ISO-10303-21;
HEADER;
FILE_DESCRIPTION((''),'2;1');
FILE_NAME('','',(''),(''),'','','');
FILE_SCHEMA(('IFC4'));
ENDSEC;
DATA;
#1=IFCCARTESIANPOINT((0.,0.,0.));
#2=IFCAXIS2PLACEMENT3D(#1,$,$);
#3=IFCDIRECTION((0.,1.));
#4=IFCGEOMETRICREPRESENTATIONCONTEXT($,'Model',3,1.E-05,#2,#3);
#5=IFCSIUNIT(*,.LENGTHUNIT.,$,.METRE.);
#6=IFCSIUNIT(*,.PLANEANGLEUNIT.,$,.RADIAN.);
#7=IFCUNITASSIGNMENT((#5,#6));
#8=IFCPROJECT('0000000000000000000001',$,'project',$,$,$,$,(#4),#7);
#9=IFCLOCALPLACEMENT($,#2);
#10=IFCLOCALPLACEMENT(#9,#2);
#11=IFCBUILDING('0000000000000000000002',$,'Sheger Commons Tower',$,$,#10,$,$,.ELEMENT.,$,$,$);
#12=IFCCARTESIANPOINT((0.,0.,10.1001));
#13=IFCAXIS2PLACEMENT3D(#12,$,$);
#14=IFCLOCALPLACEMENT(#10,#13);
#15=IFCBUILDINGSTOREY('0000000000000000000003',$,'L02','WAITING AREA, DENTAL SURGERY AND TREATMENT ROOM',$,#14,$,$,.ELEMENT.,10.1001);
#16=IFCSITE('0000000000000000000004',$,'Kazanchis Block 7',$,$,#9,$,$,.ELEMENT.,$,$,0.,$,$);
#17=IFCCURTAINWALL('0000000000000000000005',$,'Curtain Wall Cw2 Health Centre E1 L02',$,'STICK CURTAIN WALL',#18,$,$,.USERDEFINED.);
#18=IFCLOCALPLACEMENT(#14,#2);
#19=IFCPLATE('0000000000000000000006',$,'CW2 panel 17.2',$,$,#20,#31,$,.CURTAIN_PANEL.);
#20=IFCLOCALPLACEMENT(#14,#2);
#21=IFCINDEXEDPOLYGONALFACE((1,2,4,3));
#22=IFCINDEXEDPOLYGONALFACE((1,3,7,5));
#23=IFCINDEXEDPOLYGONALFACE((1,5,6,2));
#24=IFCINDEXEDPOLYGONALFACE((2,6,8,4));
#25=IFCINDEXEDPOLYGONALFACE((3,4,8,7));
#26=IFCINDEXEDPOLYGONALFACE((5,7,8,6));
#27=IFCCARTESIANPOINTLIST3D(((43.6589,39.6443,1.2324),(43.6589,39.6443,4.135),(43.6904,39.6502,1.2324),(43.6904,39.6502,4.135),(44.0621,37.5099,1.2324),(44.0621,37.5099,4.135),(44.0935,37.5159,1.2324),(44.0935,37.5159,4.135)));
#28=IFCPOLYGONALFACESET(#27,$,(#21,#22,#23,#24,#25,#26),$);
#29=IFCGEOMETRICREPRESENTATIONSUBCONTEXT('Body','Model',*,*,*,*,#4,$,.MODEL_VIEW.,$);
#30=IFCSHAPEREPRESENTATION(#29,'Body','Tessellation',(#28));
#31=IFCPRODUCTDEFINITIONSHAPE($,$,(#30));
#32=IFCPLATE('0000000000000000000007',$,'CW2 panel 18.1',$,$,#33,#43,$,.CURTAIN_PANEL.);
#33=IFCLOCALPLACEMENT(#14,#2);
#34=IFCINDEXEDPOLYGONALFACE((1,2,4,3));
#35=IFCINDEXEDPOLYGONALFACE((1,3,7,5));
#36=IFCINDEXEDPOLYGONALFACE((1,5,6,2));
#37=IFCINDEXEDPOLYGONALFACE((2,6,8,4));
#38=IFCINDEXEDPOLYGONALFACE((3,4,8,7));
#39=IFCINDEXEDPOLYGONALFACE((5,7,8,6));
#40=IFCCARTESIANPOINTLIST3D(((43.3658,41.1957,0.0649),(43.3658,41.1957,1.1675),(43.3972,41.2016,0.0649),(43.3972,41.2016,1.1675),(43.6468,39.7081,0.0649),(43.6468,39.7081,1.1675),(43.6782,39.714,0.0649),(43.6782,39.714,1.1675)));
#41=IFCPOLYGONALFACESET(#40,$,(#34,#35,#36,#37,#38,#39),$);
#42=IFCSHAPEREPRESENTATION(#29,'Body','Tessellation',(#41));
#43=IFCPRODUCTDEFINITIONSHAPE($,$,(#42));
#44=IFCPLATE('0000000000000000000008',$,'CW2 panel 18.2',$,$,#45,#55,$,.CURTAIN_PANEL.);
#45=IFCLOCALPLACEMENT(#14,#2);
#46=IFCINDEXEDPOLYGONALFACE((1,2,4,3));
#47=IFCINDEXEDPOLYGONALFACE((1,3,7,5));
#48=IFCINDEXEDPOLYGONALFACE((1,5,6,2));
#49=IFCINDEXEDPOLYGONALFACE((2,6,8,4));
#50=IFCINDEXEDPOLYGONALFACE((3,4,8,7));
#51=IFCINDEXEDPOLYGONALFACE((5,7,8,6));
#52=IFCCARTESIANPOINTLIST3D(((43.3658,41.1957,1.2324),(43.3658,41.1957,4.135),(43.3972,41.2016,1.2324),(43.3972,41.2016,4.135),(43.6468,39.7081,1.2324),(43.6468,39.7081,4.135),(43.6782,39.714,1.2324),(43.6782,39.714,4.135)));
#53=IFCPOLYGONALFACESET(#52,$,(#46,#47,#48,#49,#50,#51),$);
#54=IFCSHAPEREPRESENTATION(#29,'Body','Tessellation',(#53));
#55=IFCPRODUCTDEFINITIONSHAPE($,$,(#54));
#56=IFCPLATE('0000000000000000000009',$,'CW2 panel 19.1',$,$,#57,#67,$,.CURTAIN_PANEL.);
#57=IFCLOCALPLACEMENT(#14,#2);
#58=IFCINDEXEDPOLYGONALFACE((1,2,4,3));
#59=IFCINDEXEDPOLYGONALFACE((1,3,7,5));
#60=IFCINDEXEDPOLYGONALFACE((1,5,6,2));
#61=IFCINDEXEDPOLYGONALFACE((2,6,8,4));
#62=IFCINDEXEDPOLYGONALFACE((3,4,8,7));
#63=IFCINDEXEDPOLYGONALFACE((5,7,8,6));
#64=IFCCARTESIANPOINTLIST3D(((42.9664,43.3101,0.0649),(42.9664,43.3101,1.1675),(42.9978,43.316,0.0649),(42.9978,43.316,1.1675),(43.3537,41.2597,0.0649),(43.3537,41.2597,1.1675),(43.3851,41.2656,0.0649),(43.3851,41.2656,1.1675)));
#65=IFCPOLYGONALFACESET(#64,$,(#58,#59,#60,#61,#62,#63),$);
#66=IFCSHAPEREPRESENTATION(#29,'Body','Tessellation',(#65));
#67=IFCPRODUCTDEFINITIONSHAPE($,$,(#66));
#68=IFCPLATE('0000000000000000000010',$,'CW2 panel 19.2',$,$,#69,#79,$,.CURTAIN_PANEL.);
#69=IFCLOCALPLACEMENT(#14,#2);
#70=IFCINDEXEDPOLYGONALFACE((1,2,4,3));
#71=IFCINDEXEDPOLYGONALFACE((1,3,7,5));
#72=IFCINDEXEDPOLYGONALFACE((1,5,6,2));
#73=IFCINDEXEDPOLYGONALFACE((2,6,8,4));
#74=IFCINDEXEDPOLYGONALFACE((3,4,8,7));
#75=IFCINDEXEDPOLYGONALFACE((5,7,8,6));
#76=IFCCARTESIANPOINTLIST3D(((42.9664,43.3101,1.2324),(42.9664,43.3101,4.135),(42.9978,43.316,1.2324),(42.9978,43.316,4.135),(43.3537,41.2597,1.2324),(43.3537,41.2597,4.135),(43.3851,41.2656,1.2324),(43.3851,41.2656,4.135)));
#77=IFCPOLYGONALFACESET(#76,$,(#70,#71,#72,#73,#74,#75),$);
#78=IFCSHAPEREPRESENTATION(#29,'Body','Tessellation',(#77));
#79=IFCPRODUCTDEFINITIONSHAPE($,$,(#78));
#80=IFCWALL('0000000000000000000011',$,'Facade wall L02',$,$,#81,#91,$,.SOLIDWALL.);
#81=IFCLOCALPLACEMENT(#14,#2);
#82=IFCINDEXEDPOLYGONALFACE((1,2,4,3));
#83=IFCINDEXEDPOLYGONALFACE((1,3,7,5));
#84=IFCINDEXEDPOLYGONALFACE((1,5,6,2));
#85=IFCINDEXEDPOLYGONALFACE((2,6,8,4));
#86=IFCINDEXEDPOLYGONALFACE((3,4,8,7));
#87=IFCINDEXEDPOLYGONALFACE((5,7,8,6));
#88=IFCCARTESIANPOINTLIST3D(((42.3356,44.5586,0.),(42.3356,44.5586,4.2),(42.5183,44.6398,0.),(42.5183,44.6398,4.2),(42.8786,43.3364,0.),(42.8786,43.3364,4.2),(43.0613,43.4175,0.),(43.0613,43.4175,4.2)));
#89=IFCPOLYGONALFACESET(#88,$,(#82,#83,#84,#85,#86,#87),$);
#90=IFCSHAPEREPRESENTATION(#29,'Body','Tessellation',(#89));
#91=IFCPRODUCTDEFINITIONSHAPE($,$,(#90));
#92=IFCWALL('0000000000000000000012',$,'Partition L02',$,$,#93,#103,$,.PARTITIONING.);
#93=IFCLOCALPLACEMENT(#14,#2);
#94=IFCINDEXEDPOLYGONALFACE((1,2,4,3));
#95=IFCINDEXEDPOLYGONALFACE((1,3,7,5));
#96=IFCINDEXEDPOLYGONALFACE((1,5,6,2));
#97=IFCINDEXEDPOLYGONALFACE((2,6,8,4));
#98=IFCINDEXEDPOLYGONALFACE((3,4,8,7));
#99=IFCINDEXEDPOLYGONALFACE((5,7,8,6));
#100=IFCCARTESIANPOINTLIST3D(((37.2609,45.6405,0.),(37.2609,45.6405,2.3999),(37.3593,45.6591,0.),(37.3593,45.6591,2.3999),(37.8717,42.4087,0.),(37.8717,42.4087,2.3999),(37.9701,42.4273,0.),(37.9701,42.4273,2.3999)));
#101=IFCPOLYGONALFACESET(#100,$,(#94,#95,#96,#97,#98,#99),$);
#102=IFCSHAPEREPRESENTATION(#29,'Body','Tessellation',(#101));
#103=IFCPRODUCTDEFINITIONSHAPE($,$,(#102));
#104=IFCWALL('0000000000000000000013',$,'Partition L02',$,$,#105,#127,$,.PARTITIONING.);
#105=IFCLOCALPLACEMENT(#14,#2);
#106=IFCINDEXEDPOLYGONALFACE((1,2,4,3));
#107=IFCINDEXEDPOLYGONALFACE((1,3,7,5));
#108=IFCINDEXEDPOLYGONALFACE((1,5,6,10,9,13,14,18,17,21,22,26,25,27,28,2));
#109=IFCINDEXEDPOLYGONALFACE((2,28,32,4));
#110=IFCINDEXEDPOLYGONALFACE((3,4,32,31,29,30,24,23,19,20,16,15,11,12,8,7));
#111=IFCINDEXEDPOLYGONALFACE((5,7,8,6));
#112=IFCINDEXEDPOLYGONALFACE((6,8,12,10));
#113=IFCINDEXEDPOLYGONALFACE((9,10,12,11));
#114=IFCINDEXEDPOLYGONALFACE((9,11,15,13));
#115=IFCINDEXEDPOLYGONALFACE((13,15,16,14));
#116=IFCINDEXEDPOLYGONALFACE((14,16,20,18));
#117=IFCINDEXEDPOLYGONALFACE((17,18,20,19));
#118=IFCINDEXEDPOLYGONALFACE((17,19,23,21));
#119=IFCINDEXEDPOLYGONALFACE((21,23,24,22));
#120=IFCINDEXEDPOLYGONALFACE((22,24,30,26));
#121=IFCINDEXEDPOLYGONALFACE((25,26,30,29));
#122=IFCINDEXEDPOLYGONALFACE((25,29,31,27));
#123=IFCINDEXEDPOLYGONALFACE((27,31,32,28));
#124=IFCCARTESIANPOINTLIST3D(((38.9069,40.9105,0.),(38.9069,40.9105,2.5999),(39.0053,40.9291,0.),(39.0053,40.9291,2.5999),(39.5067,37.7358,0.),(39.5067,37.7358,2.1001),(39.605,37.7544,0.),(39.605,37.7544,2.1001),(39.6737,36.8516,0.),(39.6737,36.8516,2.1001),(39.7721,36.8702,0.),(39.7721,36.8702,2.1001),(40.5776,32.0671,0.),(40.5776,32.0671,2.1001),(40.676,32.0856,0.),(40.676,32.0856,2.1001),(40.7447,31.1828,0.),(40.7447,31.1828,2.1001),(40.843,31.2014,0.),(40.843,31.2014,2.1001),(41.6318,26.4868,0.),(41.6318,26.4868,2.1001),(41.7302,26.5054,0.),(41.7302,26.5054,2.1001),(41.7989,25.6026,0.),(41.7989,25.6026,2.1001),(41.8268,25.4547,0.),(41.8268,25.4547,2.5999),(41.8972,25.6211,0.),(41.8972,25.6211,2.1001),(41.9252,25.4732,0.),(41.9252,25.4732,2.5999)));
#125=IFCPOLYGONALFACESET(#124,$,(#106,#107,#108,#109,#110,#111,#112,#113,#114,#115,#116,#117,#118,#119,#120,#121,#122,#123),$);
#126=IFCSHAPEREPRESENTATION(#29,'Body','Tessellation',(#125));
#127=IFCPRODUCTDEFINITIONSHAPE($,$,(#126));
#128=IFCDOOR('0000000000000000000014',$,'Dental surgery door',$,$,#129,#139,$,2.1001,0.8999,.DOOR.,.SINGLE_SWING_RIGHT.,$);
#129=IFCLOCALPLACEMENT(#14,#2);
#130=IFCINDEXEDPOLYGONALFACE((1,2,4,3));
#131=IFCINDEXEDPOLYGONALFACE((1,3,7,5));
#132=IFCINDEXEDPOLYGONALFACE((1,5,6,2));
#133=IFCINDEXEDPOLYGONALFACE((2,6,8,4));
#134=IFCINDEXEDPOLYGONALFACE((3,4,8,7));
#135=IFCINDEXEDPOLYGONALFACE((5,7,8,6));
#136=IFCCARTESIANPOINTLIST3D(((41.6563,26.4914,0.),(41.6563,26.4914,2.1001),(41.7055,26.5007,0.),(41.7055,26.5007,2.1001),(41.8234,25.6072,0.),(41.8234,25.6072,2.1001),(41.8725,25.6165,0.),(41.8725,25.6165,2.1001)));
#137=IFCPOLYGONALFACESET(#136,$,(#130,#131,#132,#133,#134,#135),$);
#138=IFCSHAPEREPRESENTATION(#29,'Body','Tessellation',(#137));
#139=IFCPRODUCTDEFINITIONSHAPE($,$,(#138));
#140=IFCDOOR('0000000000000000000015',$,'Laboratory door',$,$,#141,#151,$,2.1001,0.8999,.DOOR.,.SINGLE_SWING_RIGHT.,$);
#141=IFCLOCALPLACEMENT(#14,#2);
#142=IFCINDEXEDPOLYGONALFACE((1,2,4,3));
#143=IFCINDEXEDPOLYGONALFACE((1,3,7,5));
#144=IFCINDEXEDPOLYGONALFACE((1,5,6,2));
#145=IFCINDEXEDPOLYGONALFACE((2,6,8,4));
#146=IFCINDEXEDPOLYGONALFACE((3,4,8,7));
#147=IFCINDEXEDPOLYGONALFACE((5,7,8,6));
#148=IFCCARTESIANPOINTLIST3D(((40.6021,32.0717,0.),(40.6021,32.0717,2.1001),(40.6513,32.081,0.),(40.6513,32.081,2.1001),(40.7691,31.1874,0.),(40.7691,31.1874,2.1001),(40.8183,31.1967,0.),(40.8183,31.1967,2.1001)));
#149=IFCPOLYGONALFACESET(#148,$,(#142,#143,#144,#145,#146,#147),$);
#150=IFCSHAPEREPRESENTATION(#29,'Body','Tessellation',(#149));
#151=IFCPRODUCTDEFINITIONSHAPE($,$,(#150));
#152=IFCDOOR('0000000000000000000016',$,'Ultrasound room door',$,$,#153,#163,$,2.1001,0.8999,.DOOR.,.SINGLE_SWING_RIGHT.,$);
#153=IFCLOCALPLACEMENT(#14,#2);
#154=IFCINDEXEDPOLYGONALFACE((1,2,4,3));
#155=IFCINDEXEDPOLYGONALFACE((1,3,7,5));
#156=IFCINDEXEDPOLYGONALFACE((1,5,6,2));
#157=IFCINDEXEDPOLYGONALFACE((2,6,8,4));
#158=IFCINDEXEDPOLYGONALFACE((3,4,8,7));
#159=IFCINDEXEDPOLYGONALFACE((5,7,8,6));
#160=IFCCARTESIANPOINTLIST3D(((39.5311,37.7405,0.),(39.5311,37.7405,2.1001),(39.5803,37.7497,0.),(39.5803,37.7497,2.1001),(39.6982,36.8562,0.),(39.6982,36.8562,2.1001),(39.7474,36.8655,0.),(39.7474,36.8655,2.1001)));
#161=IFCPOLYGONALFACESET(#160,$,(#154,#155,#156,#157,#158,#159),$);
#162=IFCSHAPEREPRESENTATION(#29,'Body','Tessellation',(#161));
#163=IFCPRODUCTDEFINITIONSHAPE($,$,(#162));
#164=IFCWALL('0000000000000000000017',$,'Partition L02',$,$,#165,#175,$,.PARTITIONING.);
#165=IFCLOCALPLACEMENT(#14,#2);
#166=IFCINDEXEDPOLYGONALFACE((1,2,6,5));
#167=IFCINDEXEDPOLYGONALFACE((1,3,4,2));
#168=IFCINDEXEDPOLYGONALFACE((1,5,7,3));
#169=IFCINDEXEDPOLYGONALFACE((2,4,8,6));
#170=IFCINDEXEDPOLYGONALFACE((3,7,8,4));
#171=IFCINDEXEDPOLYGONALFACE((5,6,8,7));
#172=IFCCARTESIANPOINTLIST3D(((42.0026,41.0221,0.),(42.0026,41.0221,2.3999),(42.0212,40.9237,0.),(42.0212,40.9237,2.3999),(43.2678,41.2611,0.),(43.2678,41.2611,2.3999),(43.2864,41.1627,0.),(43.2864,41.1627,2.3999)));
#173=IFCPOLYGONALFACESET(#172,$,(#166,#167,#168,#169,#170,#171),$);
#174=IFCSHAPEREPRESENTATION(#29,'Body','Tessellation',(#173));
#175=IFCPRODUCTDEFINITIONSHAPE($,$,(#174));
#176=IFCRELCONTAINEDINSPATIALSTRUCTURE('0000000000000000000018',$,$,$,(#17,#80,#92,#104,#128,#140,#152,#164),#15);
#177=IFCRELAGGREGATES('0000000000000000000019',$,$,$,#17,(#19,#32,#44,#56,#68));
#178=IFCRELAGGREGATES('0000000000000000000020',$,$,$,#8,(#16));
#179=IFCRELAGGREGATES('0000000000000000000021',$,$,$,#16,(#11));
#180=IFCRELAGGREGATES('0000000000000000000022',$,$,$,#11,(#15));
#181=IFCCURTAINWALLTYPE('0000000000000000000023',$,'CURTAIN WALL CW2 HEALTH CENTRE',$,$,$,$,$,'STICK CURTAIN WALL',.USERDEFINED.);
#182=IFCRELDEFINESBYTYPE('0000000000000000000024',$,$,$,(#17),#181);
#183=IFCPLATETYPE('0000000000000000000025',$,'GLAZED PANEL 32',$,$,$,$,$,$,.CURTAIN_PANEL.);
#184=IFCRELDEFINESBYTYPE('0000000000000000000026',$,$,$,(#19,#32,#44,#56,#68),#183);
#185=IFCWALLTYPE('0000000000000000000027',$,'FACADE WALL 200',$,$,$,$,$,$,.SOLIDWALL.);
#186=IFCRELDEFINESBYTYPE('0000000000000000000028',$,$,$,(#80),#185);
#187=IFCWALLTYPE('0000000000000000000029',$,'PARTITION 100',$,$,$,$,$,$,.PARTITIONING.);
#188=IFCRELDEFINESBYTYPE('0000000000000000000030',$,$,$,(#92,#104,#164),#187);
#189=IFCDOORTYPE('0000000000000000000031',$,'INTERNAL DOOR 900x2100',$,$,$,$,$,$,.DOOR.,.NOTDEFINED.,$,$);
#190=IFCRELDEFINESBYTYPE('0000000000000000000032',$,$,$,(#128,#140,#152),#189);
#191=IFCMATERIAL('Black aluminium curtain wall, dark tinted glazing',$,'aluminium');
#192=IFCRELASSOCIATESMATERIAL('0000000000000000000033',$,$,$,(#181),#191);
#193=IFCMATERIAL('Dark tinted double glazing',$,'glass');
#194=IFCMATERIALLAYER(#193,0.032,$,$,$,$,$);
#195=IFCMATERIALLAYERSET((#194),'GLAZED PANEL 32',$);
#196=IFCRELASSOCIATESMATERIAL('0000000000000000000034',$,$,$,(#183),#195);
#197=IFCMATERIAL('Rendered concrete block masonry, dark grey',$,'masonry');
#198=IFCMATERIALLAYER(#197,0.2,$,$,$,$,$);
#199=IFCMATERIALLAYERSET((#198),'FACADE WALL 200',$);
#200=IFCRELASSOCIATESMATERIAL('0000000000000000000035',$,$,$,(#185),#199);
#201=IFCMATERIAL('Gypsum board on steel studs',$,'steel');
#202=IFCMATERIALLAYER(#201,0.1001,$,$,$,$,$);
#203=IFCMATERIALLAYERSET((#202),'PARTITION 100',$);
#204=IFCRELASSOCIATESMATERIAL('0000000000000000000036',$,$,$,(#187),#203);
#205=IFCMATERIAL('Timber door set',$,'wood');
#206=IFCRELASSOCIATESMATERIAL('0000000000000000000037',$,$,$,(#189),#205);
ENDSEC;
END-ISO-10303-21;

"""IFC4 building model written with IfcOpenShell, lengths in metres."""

from ifc_helpers import new_model, si_unit, direction, frame, frame_2d, origin, origin_2d, place, context, subcontext, project, spatial, rectangle, extrude, material, layer, layer_set, type_object, element, fill, aggregate, save


model = new_model("IFC4")

# Units and contexts
model_context = context("Model", 3, precision=1e-05, world=origin(), true_north=direction((0.0, 1.0)))
body_context = subcontext(model_context, "Body", "Model", "MODEL_VIEW")
ifc_project = project(units=[si_unit("LENGTHUNIT", "METRE"), si_unit("PLANEANGLEUNIT", "RADIAN")], contexts=[model_context])

# Site, building, storey
site_placement = place(None, origin())
site = spatial("IfcSite", under=ifc_project, at=site_placement, Name="Kazanchis Block 7", CompositionType="ELEMENT", RefElevation=0.0)
building_placement = place(site_placement, origin())
building = spatial("IfcBuilding", under=site, at=building_placement, Name="Sheger Commons Tower", CompositionType="ELEMENT")
storey_placement = place(building_placement, frame((0.0, 0.0, 10.1001)))
storey = spatial("IfcBuildingStorey", under=building, at=storey_placement, Name="L02", Description="WAITING AREA, DENTAL SURGERY AND TREATMENT ROOM", CompositionType="ELEMENT", Elevation=10.1001)

# Curtain wall
ifc_material_1 = material(Name="Black aluminium curtain wall, dark tinted glazing", Category="aluminium")
curtain_wall_type = type_object("IfcCurtainWallType", Name="CURTAIN WALL CW2 HEALTH CENTRE", ElementType="STICK CURTAIN WALL", PredefinedType="USERDEFINED", material=ifc_material_1)
curtain_wall_placement = place(storey_placement, origin())
curtain_wall = element("IfcCurtainWall", 1, at=curtain_wall_placement, inside=storey, type_object=curtain_wall_type, Name="Curtain Wall Cw2 Health Centre E1 L02", ObjectType="STICK CURTAIN WALL", PredefinedType="USERDEFINED")

# Plates
ifc_material_2 = material(Name="Dark tinted double glazing", Category="glass")
ifc_layer_1 = layer(ifc_material_2, 0.032)
ifc_layer_set_1 = layer_set([ifc_layer_1], Name="GLAZED PANEL 32")
plate_type = type_object("IfcPlateType", Name="GLAZED PANEL 32", PredefinedType="CURTAIN_PANEL", material=ifc_layer_set_1)
plate_1_placement = place(storey_placement, frame((43.8762, 38.5801, 1.2324), z_axis=(0.0, 0.0, 1.0), x_axis=(-0.18561, 0.982624, 0.0)))
plate_1 = element("IfcPlate", 2, at=plate_1_placement, type_object=plate_type, Name="CW2 panel 17.2", PredefinedType="CURTAIN_PANEL", context=body_context, shape_type="SweptSolid", body=[
    extrude(rectangle(XDim=2.1721, YDim=0.032, at=origin_2d()), origin(), (0.0, 0.0, 1.0), 2.9026),
])
plate_2_placement = place(storey_placement, frame((43.522, 40.4548, 0.0649), z_axis=(0.0, 0.0, 1.0), x_axis=(-0.18561, 0.982624, 0.0)))
plate_2 = element("IfcPlate", 3, at=plate_2_placement, type_object=plate_type, Name="CW2 panel 18.1", PredefinedType="CURTAIN_PANEL", context=body_context, shape_type="SweptSolid", body=[
    extrude(rectangle(XDim=1.5139, YDim=0.032, at=origin_2d()), origin(), (0.0, 0.0, 1.0), 1.1025),
])
plate_3_placement = place(storey_placement, frame((43.522, 40.4548, 1.2324), z_axis=(0.0, 0.0, 1.0), x_axis=(-0.18561, 0.982624, 0.0)))
plate_3 = element("IfcPlate", 4, at=plate_3_placement, type_object=plate_type, Name="CW2 panel 18.2", PredefinedType="CURTAIN_PANEL", context=body_context, shape_type="SweptSolid", body=[
    extrude(rectangle(XDim=1.5139, YDim=0.032, at=origin_2d()), origin(), (0.0, 0.0, 1.0), 2.9026),
])
plate_4_placement = place(storey_placement, frame((43.1758, 42.2878, 0.0649), z_axis=(0.0, 0.0, 1.0), x_axis=(-0.18561, 0.982624, 0.0)))
plate_4 = element("IfcPlate", 5, at=plate_4_placement, type_object=plate_type, Name="CW2 panel 19.1", PredefinedType="CURTAIN_PANEL", context=body_context, shape_type="SweptSolid", body=[
    extrude(rectangle(XDim=2.0867, YDim=0.032, at=origin_2d()), origin(), (0.0, 0.0, 1.0), 1.1025),
])
plate_5_placement = place(storey_placement, frame((43.1758, 42.2878, 1.2324), z_axis=(0.0, 0.0, 1.0), x_axis=(-0.18561, 0.982624, 0.0)))
plate_5 = element("IfcPlate", 6, at=plate_5_placement, type_object=plate_type, Name="CW2 panel 19.2", PredefinedType="CURTAIN_PANEL", context=body_context, shape_type="SweptSolid", body=[
    extrude(rectangle(XDim=2.0867, YDim=0.032, at=origin_2d()), origin(), (0.0, 0.0, 1.0), 2.9026),
])
aggregate(curtain_wall, [plate_1, plate_2, plate_3, plate_4, plate_5])

# Walls
ifc_material_3 = material(Name="Rendered concrete block masonry, dark grey", Category="masonry")
ifc_layer_2 = layer(ifc_material_3, 0.2)
ifc_layer_set_2 = layer_set([ifc_layer_2], Name="FACADE WALL 200")
wall_type_1 = type_object("IfcWallType", Name="FACADE WALL 200", PredefinedType="SOLIDWALL", material=ifc_layer_set_2)
wall_1_placement = place(storey_placement, frame((42.97, 43.377, 0.0), z_axis=(0.0, 0.0, 1.0), x_axis=(-0.406003, 0.913872, 0.0)))
element("IfcWall", 7, at=wall_1_placement, inside=storey, type_object=wall_type_1, Name="Facade wall L02", PredefinedType="SOLIDWALL", context=body_context, shape_type="SweptSolid", body=[
    extrude(rectangle(XDim=1.3374, YDim=0.2, at=frame_2d((0.6687, 0.0))), origin(), (0.0, 0.0, 1.0), 4.2),
])
ifc_material_4 = material(Name="Gypsum board on steel studs", Category="steel")
ifc_layer_3 = layer(ifc_material_4, 0.1001)
ifc_layer_set_3 = layer_set([ifc_layer_3], Name="PARTITION 100")
wall_type_2 = type_object("IfcWallType", Name="PARTITION 100", PredefinedType="PARTITIONING", material=ifc_layer_set_3)
wall_2_placement = place(storey_placement, frame((37.9209, 42.418, 0.0), z_axis=(0.0, 0.0, 1.0), x_axis=(-0.185713, 0.982604, 0.0)))
element("IfcWall", 8, at=wall_2_placement, inside=storey, type_object=wall_type_2, Name="Partition L02", PredefinedType="PARTITIONING", context=body_context, shape_type="SweptSolid", body=[
    extrude(rectangle(XDim=3.2891, YDim=0.1001, at=frame_2d((1.6445, 0.0))), origin(), (0.0, 0.0, 1.0), 2.3999),
])

# Wall, openings, doors
wall_3_placement = place(storey_placement, frame((38.9561, 40.9199, 0.0), z_axis=(0.0, 0.0, 1.0), x_axis=(0.185637, -0.982618, 0.0)))
wall_3 = element("IfcWall", 9, at=wall_3_placement, inside=storey, type_object=wall_type_2, Name="Partition L02", PredefinedType="PARTITIONING", context=body_context, shape_type="SweptSolid", body=[
    extrude(rectangle(XDim=15.7292, YDim=0.1001, at=frame_2d((7.8647, 0.0))), origin(), (0.0, 0.0, 1.0), 2.5999),
])
opening_1_placement = place(wall_3_placement, frame((14.679, 0.0, 0.0)))
opening_1 = element("IfcOpeningElement", 10, at=opening_1_placement, cuts=wall_3, PredefinedType="OPENING", context=body_context, shape_type="SweptSolid", body=[
    extrude(rectangle(XDim=0.8999, YDim=2.1001, at=frame_2d((0.45, 1.05))), frame((0.0, 0.0601, 0.0), z_axis=(0.0, -1.0, 0.0), x_axis=(1.0, 0.0, 0.0)), (0.0, 0.0, 1.0), 0.1201),
])
opening_2_placement = place(wall_3_placement, frame((9.0, 0.0, 0.0)))
opening_2 = element("IfcOpeningElement", 11, at=opening_2_placement, cuts=wall_3, PredefinedType="OPENING", context=body_context, shape_type="SweptSolid", body=[
    extrude(rectangle(XDim=0.8999, YDim=2.1001, at=frame_2d((0.45, 1.05))), frame((0.0, 0.0601, 0.0), z_axis=(0.0, -1.0, 0.0), x_axis=(1.0, 0.0, 0.0)), (0.0, 0.0, 1.0), 0.1201),
])
opening_3_placement = place(wall_3_placement, frame((3.231, 0.0, 0.0)))
opening_3 = element("IfcOpeningElement", 12, at=opening_3_placement, cuts=wall_3, PredefinedType="OPENING", context=body_context, shape_type="SweptSolid", body=[
    extrude(rectangle(XDim=0.8999, YDim=2.1001, at=frame_2d((0.45, 1.05))), frame((0.0, 0.0601, 0.0), z_axis=(0.0, -1.0, 0.0), x_axis=(1.0, 0.0, 0.0)), (0.0, 0.0, 1.0), 0.1201),
])
ifc_material_5 = material(Name="Timber door set", Category="wood")
door_type = type_object("IfcDoorType", Name="INTERNAL DOOR 900x2100", OperationType="NOTDEFINED", PredefinedType="DOOR", material=ifc_material_5)
door_1_placement = place(opening_1_placement, origin())
door_1 = element("IfcDoor", 13, at=door_1_placement, inside=storey, type_object=door_type, Name="Dental surgery door", OperationType="SINGLE_SWING_RIGHT", OverallHeight=2.1001, OverallWidth=0.8999, PredefinedType="DOOR", context=body_context, shape_type="SweptSolid", body=[
    extrude(rectangle(XDim=0.8999, YDim=2.1001, at=frame_2d((0.45, 1.05))), frame((0.0, 0.0249, 0.0), z_axis=(0.0, -1.0, 0.0), x_axis=(1.0, 0.0, 0.0)), (0.0, 0.0, 1.0), 0.05),
])
fill(opening_1, door_1)
door_2_placement = place(opening_2_placement, origin())
door_2 = element("IfcDoor", 14, at=door_2_placement, inside=storey, type_object=door_type, Name="Laboratory door", OperationType="SINGLE_SWING_RIGHT", OverallHeight=2.1001, OverallWidth=0.8999, PredefinedType="DOOR", context=body_context, shape_type="SweptSolid", body=[
    extrude(rectangle(XDim=0.8999, YDim=2.1001, at=frame_2d((0.45, 1.05))), frame((0.0, 0.0249, 0.0), z_axis=(0.0, -1.0, 0.0), x_axis=(1.0, 0.0, 0.0)), (0.0, 0.0, 1.0), 0.05),
])
fill(opening_2, door_2)
door_3_placement = place(opening_3_placement, origin())
door_3 = element("IfcDoor", 15, at=door_3_placement, inside=storey, type_object=door_type, Name="Ultrasound room door", OperationType="SINGLE_SWING_RIGHT", OverallHeight=2.1001, OverallWidth=0.8999, PredefinedType="DOOR", context=body_context, shape_type="SweptSolid", body=[
    extrude(rectangle(XDim=0.8999, YDim=2.1001, at=frame_2d((0.45, 1.05))), frame((0.0, 0.0249, 0.0), z_axis=(0.0, -1.0, 0.0), x_axis=(1.0, 0.0, 0.0)), (0.0, 0.0, 1.0), 0.05),
])
fill(opening_3, door_3)

# Wall
wall_4_placement = place(storey_placement, frame((43.2771, 41.2119, 0.0), z_axis=(0.0, 0.0, 1.0), x_axis=(-0.982618, -0.185639, 0.0)))
element("IfcWall", 16, at=wall_4_placement, inside=storey, type_object=wall_type_2, Name="Partition L02", PredefinedType="PARTITIONING", context=body_context, shape_type="SweptSolid", body=[
    extrude(rectangle(XDim=1.2876, YDim=0.1001, at=frame_2d((0.6438, 0.0))), origin(), (0.0, 0.0, 1.0), 2.3999),
])

save(model, "model.ifc")
